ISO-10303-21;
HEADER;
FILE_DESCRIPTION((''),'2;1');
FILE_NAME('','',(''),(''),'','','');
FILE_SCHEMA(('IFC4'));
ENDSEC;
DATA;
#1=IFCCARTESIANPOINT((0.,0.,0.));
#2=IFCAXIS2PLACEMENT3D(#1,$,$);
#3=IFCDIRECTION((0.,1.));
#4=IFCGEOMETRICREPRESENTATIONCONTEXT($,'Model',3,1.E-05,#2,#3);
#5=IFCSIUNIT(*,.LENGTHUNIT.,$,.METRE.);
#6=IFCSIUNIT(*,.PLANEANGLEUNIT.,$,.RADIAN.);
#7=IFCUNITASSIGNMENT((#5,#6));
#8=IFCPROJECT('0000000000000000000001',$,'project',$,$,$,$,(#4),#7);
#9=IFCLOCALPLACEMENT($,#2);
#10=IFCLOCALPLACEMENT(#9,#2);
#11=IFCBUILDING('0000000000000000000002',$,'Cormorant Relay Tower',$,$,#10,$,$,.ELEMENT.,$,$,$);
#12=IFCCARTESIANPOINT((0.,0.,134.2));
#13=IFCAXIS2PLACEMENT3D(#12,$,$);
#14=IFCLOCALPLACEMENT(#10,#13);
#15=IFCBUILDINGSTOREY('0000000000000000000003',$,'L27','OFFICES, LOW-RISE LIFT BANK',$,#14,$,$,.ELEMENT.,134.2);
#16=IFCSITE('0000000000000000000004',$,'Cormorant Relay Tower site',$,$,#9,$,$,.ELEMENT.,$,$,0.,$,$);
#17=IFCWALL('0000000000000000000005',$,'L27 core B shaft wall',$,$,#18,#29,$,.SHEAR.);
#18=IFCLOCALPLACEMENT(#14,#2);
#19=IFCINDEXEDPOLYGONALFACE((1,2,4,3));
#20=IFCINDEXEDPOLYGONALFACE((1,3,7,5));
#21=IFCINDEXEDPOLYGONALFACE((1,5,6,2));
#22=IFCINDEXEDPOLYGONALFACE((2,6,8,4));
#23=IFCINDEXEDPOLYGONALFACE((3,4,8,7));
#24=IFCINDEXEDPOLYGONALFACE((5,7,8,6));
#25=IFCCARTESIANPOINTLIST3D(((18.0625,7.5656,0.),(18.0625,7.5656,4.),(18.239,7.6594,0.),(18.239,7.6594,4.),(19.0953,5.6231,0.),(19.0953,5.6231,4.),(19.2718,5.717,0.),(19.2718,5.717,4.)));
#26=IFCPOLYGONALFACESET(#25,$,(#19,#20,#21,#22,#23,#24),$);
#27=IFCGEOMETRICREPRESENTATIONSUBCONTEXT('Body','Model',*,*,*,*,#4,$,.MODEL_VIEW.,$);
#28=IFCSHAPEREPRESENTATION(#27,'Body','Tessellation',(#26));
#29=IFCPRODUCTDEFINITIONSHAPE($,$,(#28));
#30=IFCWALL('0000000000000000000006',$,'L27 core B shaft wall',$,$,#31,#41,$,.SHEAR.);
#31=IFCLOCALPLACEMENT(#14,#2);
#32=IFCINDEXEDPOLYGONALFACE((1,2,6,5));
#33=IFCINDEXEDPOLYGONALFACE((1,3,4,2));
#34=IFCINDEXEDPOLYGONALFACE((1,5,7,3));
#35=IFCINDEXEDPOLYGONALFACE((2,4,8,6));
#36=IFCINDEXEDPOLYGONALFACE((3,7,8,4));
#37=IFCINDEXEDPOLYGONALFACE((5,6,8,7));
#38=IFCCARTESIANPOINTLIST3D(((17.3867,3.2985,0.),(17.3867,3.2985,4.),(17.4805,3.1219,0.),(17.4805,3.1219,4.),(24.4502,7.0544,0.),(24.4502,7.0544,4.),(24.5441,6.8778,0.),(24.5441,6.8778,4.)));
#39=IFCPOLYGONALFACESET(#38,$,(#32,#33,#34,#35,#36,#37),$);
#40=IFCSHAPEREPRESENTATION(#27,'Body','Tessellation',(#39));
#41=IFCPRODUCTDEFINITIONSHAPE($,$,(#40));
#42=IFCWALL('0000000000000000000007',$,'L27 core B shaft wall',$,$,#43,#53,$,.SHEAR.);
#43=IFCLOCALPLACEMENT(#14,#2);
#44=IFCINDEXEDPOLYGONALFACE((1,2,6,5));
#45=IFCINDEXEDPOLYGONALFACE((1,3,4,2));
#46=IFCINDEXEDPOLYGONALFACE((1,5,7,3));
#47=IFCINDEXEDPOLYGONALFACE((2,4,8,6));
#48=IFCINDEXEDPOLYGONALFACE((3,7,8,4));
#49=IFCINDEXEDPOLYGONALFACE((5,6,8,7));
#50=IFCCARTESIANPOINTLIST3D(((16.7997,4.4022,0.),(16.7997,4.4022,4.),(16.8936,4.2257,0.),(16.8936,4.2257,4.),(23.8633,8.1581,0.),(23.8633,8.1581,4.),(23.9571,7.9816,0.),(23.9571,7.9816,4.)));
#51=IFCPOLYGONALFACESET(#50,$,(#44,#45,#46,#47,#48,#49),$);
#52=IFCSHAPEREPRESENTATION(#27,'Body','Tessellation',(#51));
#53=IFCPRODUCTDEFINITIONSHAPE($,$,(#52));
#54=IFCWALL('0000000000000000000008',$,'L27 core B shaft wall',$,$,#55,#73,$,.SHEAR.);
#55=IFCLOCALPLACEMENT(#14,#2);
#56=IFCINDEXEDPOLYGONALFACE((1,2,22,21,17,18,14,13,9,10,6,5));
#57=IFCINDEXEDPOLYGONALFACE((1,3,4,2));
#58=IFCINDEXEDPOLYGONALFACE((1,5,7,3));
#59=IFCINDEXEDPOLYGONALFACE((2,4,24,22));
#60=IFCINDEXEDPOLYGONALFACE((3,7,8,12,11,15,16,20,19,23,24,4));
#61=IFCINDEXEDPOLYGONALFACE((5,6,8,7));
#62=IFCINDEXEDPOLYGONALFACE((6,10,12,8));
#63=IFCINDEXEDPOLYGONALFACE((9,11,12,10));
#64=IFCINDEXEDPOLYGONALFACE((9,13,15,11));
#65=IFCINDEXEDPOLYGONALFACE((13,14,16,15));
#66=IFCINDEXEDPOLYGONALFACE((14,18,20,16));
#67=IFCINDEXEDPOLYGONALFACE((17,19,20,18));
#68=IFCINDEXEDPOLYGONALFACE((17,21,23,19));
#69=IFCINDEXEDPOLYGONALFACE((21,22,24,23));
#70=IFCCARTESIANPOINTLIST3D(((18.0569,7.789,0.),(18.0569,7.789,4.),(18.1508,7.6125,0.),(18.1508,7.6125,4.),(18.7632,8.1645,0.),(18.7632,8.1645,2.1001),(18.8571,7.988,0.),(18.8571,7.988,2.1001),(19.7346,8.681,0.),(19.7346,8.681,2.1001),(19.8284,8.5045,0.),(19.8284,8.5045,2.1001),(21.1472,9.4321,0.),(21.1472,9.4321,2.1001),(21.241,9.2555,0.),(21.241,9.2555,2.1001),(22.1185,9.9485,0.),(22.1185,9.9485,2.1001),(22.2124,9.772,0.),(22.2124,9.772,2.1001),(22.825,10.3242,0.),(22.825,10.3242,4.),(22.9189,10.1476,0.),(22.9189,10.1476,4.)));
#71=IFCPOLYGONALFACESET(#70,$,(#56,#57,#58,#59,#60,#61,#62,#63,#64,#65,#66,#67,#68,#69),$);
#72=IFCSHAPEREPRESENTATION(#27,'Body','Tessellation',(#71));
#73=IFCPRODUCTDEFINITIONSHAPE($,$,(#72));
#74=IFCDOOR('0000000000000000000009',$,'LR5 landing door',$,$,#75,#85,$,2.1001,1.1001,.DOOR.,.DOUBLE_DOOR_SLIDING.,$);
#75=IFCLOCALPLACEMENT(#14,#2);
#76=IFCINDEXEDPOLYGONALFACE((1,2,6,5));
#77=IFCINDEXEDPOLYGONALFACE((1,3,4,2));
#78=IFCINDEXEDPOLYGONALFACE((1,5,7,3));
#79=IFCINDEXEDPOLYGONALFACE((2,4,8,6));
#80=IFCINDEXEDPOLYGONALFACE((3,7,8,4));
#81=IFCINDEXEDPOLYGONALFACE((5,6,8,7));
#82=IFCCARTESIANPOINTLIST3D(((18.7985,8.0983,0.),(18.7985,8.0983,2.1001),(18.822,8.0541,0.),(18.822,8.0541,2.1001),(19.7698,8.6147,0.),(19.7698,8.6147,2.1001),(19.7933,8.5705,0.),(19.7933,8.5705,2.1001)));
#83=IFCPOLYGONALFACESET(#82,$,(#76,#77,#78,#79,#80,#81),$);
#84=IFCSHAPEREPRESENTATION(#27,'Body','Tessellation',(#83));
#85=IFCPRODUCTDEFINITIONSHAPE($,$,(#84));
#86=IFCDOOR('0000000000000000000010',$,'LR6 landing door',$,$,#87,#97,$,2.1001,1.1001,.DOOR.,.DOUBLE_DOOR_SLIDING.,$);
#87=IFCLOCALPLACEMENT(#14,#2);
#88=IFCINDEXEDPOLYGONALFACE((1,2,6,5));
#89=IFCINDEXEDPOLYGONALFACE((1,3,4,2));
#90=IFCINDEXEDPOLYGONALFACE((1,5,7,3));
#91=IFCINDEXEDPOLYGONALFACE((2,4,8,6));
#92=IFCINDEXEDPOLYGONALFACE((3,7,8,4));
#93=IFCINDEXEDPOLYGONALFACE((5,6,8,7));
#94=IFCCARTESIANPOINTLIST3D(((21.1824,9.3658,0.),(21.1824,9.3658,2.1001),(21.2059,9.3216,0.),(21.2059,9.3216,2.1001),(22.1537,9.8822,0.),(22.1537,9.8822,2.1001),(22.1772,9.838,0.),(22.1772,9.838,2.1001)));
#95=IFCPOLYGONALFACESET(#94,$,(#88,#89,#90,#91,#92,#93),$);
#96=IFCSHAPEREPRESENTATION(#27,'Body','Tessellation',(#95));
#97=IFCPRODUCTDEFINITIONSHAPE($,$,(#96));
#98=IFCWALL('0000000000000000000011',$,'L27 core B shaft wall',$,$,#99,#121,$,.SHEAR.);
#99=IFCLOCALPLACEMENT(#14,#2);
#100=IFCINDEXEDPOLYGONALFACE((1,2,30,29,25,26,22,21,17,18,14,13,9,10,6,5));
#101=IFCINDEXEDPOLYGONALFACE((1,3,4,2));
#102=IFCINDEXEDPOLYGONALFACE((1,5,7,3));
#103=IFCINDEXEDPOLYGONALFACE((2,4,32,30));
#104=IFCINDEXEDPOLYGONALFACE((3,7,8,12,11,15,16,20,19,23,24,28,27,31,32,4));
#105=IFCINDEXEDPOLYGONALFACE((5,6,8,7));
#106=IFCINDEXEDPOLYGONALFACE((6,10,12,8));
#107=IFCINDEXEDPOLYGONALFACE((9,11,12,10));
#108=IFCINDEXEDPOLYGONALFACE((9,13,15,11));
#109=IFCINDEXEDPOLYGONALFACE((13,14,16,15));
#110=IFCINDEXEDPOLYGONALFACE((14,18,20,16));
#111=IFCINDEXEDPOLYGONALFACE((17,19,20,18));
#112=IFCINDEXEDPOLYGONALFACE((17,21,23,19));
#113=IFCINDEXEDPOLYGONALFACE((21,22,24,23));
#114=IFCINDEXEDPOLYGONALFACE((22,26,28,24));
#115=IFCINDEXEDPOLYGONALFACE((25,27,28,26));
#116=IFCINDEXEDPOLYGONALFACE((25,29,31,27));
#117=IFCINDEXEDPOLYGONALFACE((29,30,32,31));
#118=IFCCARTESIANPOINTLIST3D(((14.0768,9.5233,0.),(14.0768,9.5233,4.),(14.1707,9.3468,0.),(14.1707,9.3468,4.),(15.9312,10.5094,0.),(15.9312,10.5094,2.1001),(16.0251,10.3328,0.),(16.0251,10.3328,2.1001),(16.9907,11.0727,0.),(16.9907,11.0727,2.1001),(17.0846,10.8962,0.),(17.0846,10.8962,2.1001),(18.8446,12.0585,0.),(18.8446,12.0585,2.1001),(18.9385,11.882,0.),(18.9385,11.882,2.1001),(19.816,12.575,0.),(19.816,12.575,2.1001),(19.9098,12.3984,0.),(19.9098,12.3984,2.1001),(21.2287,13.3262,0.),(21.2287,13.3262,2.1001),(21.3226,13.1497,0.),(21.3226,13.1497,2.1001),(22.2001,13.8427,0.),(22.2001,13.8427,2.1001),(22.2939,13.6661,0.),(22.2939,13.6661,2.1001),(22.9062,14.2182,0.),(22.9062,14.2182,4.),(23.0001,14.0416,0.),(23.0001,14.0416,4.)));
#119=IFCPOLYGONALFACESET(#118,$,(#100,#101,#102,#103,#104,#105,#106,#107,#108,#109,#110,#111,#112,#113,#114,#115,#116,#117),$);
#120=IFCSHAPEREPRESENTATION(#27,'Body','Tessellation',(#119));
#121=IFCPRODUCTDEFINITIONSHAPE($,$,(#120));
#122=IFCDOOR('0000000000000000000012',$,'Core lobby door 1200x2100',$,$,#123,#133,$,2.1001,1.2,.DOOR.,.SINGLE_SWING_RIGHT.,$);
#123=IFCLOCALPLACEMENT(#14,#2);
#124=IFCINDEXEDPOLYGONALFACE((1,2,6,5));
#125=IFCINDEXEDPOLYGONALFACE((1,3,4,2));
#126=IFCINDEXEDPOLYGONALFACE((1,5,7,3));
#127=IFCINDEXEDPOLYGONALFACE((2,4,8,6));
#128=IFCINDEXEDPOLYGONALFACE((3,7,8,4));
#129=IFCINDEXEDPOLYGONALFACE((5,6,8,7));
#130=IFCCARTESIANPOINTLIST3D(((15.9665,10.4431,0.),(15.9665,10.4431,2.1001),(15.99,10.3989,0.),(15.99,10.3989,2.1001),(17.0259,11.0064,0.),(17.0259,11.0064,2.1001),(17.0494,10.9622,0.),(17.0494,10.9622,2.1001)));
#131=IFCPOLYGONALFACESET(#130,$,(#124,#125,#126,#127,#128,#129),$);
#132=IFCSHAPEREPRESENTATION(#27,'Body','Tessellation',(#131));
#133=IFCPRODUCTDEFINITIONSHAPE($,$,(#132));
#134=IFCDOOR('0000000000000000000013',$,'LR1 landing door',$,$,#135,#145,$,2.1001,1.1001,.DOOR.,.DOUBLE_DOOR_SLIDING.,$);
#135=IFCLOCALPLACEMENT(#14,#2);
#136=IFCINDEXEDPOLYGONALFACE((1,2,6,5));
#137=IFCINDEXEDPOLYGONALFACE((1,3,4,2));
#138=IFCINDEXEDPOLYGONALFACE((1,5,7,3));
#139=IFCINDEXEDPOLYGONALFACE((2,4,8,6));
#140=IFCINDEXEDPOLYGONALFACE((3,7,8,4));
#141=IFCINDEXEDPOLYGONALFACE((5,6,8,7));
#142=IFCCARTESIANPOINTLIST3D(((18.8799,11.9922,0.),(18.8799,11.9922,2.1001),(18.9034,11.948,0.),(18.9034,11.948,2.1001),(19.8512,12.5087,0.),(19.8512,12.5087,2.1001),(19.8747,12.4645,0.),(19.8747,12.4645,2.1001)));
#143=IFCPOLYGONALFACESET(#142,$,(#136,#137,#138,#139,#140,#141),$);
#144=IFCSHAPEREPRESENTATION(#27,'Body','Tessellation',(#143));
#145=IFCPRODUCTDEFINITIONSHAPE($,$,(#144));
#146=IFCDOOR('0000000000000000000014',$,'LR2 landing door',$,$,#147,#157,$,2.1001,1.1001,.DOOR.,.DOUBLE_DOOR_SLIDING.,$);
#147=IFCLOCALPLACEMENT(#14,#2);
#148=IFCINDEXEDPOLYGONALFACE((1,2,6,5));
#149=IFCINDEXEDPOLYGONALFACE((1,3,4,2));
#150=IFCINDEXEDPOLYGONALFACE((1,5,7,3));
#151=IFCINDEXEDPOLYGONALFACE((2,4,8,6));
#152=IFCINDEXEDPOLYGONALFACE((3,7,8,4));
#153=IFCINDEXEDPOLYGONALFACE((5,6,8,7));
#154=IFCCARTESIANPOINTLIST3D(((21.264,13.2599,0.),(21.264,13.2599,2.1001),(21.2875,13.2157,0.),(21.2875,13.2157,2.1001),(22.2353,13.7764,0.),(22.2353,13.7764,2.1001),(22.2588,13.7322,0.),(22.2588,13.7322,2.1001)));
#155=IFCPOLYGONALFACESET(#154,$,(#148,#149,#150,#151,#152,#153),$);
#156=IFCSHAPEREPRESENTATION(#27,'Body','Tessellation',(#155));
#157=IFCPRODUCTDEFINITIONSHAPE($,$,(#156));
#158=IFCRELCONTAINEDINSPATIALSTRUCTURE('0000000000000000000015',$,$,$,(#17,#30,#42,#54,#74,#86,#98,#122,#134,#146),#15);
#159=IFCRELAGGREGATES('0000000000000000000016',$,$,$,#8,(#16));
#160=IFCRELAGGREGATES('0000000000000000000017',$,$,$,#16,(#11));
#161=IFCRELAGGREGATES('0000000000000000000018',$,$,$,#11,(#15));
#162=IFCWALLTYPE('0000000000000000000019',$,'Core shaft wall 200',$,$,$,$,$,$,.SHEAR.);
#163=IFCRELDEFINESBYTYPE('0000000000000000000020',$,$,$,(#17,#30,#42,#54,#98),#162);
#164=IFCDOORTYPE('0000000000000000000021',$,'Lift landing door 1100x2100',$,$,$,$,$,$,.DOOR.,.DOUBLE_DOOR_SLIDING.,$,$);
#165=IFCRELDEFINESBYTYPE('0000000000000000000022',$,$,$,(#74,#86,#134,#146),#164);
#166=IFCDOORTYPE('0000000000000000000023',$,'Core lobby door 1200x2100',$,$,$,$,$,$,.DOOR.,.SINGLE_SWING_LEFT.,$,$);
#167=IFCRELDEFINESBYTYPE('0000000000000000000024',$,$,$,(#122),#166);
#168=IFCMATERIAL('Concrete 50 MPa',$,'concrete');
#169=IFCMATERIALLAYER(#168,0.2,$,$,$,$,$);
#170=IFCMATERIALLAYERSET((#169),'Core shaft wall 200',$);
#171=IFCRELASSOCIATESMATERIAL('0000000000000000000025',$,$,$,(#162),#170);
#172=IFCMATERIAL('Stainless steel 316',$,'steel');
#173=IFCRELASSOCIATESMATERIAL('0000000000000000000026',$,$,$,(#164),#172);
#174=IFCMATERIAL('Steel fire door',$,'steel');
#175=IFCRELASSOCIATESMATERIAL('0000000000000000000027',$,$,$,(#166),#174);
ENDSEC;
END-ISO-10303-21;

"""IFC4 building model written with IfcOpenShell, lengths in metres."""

from ifc_helpers import new_model, si_unit, direction, frame, frame_2d, origin, place, context, subcontext, project, spatial, rectangle, extrude, material, layer, layer_set, type_object, element, fill, save


model = new_model("IFC4")

# Units and contexts
model_context = context("Model", 3, precision=1e-05, world=origin(), true_north=direction((0.0, 1.0)))
body_context = subcontext(model_context, "Body", "Model", "MODEL_VIEW")
ifc_project = project(units=[si_unit("LENGTHUNIT", "METRE"), si_unit("PLANEANGLEUNIT", "RADIAN")], contexts=[model_context])

# Site, building, storey
site_placement = place(None, origin())
site = spatial("IfcSite", under=ifc_project, at=site_placement, Name="Cormorant Relay Tower site", CompositionType="ELEMENT", RefElevation=0.0)
building_placement = place(site_placement, origin())
building = spatial("IfcBuilding", under=site, at=building_placement, Name="Cormorant Relay Tower", CompositionType="ELEMENT")
storey_placement = place(building_placement, frame((0.0, 0.0, 134.2)))
storey = spatial("IfcBuildingStorey", under=building, at=storey_placement, Name="L27", Description="OFFICES, LOW-RISE LIFT BANK", CompositionType="ELEMENT", Elevation=134.2)

# Walls
ifc_material_1 = material(Name="Concrete 50 MPa", Category="concrete")
ifc_layer_1 = layer(ifc_material_1, 0.2)
ifc_layer_set_1 = layer_set([ifc_layer_1], Name="Core shaft wall 200")
wall_type_1 = type_object("IfcWallType", Name="Core shaft wall 200", PredefinedType="SHEAR", material=ifc_layer_set_1)
wall_1_placement = place(storey_placement, frame((19.1836, 5.6699, 0.0), z_axis=(0.0, 0.0, 1.0), x_axis=(-0.469447, 0.88296, 0.0)))
element("IfcWall", 1, at=wall_1_placement, inside=storey, type_object=wall_type_1, Name="L27 core B shaft wall", PredefinedType="SHEAR", context=body_context, shape_type="SweptSolid", body=[
    extrude(rectangle(XDim=2.2, YDim=0.2, at=frame_2d((1.1001, 0.0))), origin(), (0.0, 0.0, 1.0), 4.0),
])
for number, where, z_axis, x_axis, name in (
    (2, (17.4336, 3.2102, 0.0), (0.0, 0.0, 1.0), (0.88294, 0.469485, 0.0), "L27 core B shaft wall"),
    (3, (16.8467, 4.314, 0.0), (0.0, 0.0, 1.0), (0.88294, 0.469485, 0.0), "L27 core B shaft wall"),
):
    element("IfcWall", number, at=place(storey_placement, frame(where, z_axis=z_axis, x_axis=x_axis)), inside=storey, type_object=wall_type_1, Name=name, PredefinedType="SHEAR", context=body_context, shape_type="SweptSolid", body=[
        extrude(rectangle(XDim=8.0, YDim=0.2, at=frame_2d((4.0, 0.0))), origin(), (0.0, 0.0, 1.0), 4.0),
    ])

# Walls, openings, doors
wall_2_placement = place(storey_placement, frame((18.1038, 7.7007, 0.0), z_axis=(0.0, 0.0, 1.0), x_axis=(0.882953, 0.469462, 0.0)))
wall_2 = element("IfcWall", 4, at=wall_2_placement, inside=storey, type_object=wall_type_1, Name="L27 core B shaft wall", PredefinedType="SHEAR", context=body_context, shape_type="SweptSolid", body=[
    extrude(rectangle(XDim=5.4001, YDim=0.2, at=frame_2d((2.7002, 0.0))), origin(), (0.0, 0.0, 1.0), 4.0),
])
opening_1_placement = place(wall_2_placement, frame((0.8, 0.0, 0.0)))
opening_1 = element("IfcOpeningElement", 5, at=opening_1_placement, cuts=wall_2, PredefinedType="OPENING", context=body_context, shape_type="SweptSolid", body=[
    extrude(rectangle(XDim=1.1001, YDim=2.1001, at=frame_2d((0.55, 1.05))), frame((0.0, 0.1099, 0.0), z_axis=(0.0, -1.0, 0.0), x_axis=(1.0, 0.0, 0.0)), (0.0, 0.0, 1.0), 0.22),
])
opening_2_placement = place(wall_2_placement, frame((3.5, 0.0, 0.0)))
opening_2 = element("IfcOpeningElement", 6, at=opening_2_placement, cuts=wall_2, PredefinedType="OPENING", context=body_context, shape_type="SweptSolid", body=[
    extrude(rectangle(XDim=1.1001, YDim=2.1001, at=frame_2d((0.55, 1.05))), frame((0.0, 0.1099, 0.0), z_axis=(0.0, -1.0, 0.0), x_axis=(1.0, 0.0, 0.0)), (0.0, 0.0, 1.0), 0.22),
])
ifc_material_2 = material(Name="Stainless steel 316", Category="steel")
door_type_1 = type_object("IfcDoorType", Name="Lift landing door 1100x2100", OperationType="DOUBLE_DOOR_SLIDING", PredefinedType="DOOR", material=ifc_material_2)
door_1_placement = place(opening_1_placement, origin())
door_1 = element("IfcDoor", 7, at=door_1_placement, inside=storey, type_object=door_type_1, Name="LR5 landing door", OperationType="DOUBLE_DOOR_SLIDING", OverallHeight=2.1001, OverallWidth=1.1001, PredefinedType="DOOR", context=body_context, shape_type="SweptSolid", body=[
    extrude(rectangle(XDim=1.1001, YDim=2.1001, at=frame_2d((0.55, 1.05))), frame((0.0, 0.0249, 0.0), z_axis=(0.0, -1.0, 0.0), x_axis=(1.0, 0.0, 0.0)), (0.0, 0.0, 1.0), 0.05),
])
fill(opening_1, door_1)
door_2_placement = place(opening_2_placement, origin())
door_2 = element("IfcDoor", 8, at=door_2_placement, inside=storey, type_object=door_type_1, Name="LR6 landing door", OperationType="DOUBLE_DOOR_SLIDING", OverallHeight=2.1001, OverallWidth=1.1001, PredefinedType="DOOR", context=body_context, shape_type="SweptSolid", body=[
    extrude(rectangle(XDim=1.1001, YDim=2.1001, at=frame_2d((0.55, 1.05))), frame((0.0, 0.0249, 0.0), z_axis=(0.0, -1.0, 0.0), x_axis=(1.0, 0.0, 0.0)), (0.0, 0.0, 1.0), 0.05),
])
fill(opening_2, door_2)
wall_3_placement = place(storey_placement, frame((14.1238, 9.4351, 0.0), z_axis=(0.0, 0.0, 1.0), x_axis=(0.88294, 0.469485, 0.0)))
wall_3 = element("IfcWall", 9, at=wall_3_placement, inside=storey, type_object=wall_type_1, Name="L27 core B shaft wall", PredefinedType="SHEAR", context=body_context, shape_type="SweptSolid", body=[
    extrude(rectangle(XDim=10.0, YDim=0.2, at=frame_2d((5.0, 0.0))), origin(), (0.0, 0.0, 1.0), 4.0),
])
opening_3_placement = place(wall_3_placement, frame((2.1001, 0.0, 0.0)))
opening_3 = element("IfcOpeningElement", 10, at=opening_3_placement, cuts=wall_3, PredefinedType="OPENING", context=body_context, shape_type="SweptSolid", body=[
    extrude(rectangle(XDim=1.2, YDim=2.1001, at=frame_2d((0.6001, 1.05))), frame((0.0, 0.1099, 0.0), z_axis=(0.0, -1.0, 0.0), x_axis=(1.0, 0.0, 0.0)), (0.0, 0.0, 1.0), 0.22),
])
opening_4_placement = place(wall_3_placement, frame((5.3999, 0.0, 0.0)))
opening_4 = element("IfcOpeningElement", 11, at=opening_4_placement, cuts=wall_3, PredefinedType="OPENING", context=body_context, shape_type="SweptSolid", body=[
    extrude(rectangle(XDim=1.1001, YDim=2.1001, at=frame_2d((0.55, 1.05))), frame((0.0, 0.1099, 0.0), z_axis=(0.0, -1.0, 0.0), x_axis=(1.0, 0.0, 0.0)), (0.0, 0.0, 1.0), 0.22),
])
opening_5_placement = place(wall_3_placement, frame((8.1001, 0.0, 0.0)))
opening_5 = element("IfcOpeningElement", 12, at=opening_5_placement, cuts=wall_3, PredefinedType="OPENING", context=body_context, shape_type="SweptSolid", body=[
    extrude(rectangle(XDim=1.1001, YDim=2.1001, at=frame_2d((0.55, 1.05))), frame((0.0, 0.1099, 0.0), z_axis=(0.0, -1.0, 0.0), x_axis=(1.0, 0.0, 0.0)), (0.0, 0.0, 1.0), 0.22),
])
ifc_material_3 = material(Name="Steel fire door", Category="steel")
door_type_2 = type_object("IfcDoorType", Name="Core lobby door 1200x2100", OperationType="SINGLE_SWING_LEFT", PredefinedType="DOOR", material=ifc_material_3)
door_3_placement = place(opening_3_placement, origin())
door_3 = element("IfcDoor", 13, at=door_3_placement, inside=storey, type_object=door_type_2, Name="Core lobby door 1200x2100", OperationType="SINGLE_SWING_RIGHT", OverallHeight=2.1001, OverallWidth=1.2, PredefinedType="DOOR", context=body_context, shape_type="SweptSolid", body=[
    extrude(rectangle(XDim=1.2, YDim=2.1001, at=frame_2d((0.6001, 1.05))), frame((0.0, 0.0249, 0.0), z_axis=(0.0, -1.0, 0.0), x_axis=(1.0, 0.0, 0.0)), (0.0, 0.0, 1.0), 0.05),
])
fill(opening_3, door_3)
door_4_placement = place(opening_4_placement, origin())
door_4 = element("IfcDoor", 14, at=door_4_placement, inside=storey, type_object=door_type_1, Name="LR1 landing door", OperationType="DOUBLE_DOOR_SLIDING", OverallHeight=2.1001, OverallWidth=1.1001, PredefinedType="DOOR", context=body_context, shape_type="SweptSolid", body=[
    extrude(rectangle(XDim=1.1001, YDim=2.1001, at=frame_2d((0.55, 1.05))), frame((0.0, 0.0249, 0.0), z_axis=(0.0, -1.0, 0.0), x_axis=(1.0, 0.0, 0.0)), (0.0, 0.0, 1.0), 0.05),
])
fill(opening_4, door_4)
door_5_placement = place(opening_5_placement, origin())
door_5 = element("IfcDoor", 15, at=door_5_placement, inside=storey, type_object=door_type_1, Name="LR2 landing door", OperationType="DOUBLE_DOOR_SLIDING", OverallHeight=2.1001, OverallWidth=1.1001, PredefinedType="DOOR", context=body_context, shape_type="SweptSolid", body=[
    extrude(rectangle(XDim=1.1001, YDim=2.1001, at=frame_2d((0.55, 1.05))), frame((0.0, 0.0249, 0.0), z_axis=(0.0, -1.0, 0.0), x_axis=(1.0, 0.0, 0.0)), (0.0, 0.0, 1.0), 0.05),
])
fill(opening_5, door_5)

save(model, "model.ifc")
